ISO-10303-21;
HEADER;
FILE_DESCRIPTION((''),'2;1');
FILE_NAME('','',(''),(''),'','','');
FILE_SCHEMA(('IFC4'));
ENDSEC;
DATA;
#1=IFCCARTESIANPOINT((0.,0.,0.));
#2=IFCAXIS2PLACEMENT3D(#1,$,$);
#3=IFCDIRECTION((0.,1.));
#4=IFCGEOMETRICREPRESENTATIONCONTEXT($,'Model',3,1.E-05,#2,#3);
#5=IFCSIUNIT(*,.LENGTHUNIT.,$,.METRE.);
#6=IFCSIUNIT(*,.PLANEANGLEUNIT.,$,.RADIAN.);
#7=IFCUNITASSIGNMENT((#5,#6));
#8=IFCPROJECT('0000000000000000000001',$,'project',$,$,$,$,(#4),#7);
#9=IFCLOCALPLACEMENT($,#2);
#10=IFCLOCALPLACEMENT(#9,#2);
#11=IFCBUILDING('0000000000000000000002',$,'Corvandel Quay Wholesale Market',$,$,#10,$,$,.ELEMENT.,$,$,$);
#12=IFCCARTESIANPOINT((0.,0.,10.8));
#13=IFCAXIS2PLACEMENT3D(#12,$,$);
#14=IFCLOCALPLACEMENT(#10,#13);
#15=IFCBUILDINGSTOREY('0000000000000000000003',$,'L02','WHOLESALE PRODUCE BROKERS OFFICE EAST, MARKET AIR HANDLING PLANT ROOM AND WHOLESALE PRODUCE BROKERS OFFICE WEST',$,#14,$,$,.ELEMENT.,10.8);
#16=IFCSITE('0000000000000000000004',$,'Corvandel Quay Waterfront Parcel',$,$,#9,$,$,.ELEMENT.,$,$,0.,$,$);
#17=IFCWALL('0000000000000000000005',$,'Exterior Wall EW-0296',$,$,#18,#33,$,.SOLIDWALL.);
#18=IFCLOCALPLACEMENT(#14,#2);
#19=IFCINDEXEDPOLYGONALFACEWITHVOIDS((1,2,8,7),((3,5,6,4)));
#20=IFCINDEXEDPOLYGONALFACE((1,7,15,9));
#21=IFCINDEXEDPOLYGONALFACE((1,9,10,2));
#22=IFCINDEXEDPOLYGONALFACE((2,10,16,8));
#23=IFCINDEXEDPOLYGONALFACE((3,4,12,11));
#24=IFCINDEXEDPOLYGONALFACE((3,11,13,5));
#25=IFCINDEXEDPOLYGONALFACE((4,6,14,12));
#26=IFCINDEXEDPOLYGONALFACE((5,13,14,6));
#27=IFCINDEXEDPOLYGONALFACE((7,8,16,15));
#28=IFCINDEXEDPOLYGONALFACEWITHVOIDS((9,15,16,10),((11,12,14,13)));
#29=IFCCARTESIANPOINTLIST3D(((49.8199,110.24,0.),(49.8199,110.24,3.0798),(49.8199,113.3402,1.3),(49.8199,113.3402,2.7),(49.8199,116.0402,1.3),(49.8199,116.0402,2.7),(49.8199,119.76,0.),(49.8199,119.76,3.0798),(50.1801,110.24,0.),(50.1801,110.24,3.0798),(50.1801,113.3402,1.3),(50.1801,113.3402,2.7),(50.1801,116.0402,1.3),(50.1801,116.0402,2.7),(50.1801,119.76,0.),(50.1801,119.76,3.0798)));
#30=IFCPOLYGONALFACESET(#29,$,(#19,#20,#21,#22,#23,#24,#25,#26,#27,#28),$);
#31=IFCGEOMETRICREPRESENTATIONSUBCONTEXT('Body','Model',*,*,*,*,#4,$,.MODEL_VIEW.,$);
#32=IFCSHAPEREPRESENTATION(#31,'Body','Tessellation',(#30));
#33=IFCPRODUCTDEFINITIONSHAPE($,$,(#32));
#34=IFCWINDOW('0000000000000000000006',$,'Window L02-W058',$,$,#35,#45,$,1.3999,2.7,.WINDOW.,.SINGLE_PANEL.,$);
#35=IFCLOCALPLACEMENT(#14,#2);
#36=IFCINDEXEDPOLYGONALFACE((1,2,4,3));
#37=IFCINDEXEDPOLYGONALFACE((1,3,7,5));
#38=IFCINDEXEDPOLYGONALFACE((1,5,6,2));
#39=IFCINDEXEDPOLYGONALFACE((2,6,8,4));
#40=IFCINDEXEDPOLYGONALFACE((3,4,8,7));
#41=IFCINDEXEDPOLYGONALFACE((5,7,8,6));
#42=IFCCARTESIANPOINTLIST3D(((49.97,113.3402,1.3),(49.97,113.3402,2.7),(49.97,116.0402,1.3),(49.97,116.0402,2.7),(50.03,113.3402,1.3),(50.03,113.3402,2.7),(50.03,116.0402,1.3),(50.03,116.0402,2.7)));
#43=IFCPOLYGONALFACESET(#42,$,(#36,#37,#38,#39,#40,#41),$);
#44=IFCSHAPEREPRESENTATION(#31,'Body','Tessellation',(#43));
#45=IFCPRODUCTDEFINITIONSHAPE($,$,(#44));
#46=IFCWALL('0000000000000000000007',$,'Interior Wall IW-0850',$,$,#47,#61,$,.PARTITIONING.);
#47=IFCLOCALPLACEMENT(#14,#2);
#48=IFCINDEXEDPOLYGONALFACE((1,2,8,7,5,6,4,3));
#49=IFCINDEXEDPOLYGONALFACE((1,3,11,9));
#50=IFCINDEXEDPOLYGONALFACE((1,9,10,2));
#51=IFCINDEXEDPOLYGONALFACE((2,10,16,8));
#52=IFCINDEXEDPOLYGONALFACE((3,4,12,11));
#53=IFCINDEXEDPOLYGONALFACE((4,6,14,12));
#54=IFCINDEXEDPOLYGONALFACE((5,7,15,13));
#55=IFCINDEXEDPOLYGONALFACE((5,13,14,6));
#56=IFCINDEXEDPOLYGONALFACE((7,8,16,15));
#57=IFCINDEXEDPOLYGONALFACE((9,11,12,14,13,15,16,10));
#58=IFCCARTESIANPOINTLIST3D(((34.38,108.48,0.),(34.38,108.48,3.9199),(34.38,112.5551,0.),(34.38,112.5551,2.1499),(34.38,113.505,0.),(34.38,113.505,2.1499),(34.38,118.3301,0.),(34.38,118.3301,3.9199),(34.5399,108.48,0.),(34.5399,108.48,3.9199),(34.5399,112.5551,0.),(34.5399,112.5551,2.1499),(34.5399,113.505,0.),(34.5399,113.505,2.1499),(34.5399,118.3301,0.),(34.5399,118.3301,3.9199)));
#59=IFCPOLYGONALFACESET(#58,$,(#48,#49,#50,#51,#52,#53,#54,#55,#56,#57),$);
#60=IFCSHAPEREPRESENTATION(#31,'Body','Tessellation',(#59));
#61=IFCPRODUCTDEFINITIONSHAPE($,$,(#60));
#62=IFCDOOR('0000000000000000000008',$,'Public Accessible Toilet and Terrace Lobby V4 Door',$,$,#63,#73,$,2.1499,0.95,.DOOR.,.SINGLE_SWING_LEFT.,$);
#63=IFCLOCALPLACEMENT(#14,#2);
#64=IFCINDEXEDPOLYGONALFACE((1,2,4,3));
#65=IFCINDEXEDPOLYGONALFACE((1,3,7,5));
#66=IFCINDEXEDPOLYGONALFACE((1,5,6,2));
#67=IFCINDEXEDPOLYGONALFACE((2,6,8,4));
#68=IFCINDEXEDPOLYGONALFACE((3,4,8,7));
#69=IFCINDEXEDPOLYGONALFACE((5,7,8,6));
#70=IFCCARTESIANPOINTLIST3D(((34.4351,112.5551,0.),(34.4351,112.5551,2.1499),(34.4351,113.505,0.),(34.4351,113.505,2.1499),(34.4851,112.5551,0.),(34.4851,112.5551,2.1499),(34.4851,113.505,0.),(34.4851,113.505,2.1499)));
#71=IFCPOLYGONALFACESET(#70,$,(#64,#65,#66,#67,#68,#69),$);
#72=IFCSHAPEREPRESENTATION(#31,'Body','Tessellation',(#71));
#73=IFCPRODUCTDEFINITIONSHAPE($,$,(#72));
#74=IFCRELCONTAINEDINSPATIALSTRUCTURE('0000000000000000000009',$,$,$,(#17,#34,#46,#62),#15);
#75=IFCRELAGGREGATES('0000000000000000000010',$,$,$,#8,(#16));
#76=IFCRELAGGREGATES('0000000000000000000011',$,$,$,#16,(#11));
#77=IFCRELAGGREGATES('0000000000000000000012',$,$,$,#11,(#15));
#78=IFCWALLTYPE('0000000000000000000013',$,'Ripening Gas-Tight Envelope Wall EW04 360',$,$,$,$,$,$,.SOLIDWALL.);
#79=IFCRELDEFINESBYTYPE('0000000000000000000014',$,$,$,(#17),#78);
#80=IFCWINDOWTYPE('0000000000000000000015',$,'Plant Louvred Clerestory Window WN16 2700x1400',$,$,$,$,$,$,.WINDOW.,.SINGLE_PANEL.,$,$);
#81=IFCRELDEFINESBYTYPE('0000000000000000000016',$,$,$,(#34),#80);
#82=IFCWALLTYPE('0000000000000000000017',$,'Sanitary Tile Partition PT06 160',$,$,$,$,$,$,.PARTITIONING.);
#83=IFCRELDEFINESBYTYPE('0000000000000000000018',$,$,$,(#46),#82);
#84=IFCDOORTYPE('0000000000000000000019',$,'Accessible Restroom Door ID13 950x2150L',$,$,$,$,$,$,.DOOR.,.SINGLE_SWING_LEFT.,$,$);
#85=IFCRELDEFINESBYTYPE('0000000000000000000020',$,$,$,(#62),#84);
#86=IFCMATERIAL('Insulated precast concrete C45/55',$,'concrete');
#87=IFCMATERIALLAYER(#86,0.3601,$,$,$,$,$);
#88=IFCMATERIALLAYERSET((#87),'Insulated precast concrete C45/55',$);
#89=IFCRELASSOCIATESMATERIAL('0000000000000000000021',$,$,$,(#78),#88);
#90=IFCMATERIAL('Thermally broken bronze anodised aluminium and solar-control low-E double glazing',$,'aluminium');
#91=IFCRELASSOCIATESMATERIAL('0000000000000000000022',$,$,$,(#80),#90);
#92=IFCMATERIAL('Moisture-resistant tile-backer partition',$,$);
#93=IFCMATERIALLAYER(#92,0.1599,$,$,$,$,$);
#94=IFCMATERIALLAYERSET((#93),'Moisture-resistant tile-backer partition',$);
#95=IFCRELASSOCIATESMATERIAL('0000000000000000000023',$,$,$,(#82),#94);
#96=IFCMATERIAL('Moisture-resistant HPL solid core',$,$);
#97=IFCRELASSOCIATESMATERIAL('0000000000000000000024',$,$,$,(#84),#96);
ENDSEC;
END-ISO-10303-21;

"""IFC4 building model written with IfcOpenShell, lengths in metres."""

from ifc_helpers import new_model, si_unit, direction, frame, frame_2d, origin, place, context, subcontext, project, spatial, rectangle, extrude, material, layer, layer_set, type_object, element, fill, save


model = new_model("IFC4")

# Units and contexts
model_context = context("Model", 3, precision=1e-05, world=origin(), true_north=direction((0.0, 1.0)))
body_context = subcontext(model_context, "Body", "Model", "MODEL_VIEW")
ifc_project = project(units=[si_unit("LENGTHUNIT", "METRE"), si_unit("PLANEANGLEUNIT", "RADIAN")], contexts=[model_context])

# Site, building, storey
site_placement = place(None, origin())
site = spatial("IfcSite", under=ifc_project, at=site_placement, Name="Corvandel Quay Waterfront Parcel", CompositionType="ELEMENT", RefElevation=0.0)
building_placement = place(site_placement, origin())
building = spatial("IfcBuilding", under=site, at=building_placement, Name="Corvandel Quay Wholesale Market", CompositionType="ELEMENT")
storey_placement = place(building_placement, frame((0.0, 0.0, 10.8)))
storey = spatial("IfcBuildingStorey", under=building, at=storey_placement, Name="L02", Description="WHOLESALE PRODUCE BROKERS OFFICE EAST, MARKET AIR HANDLING PLANT ROOM AND WHOLESALE PRODUCE BROKERS OFFICE WEST", CompositionType="ELEMENT", Elevation=10.8)

# Wall, opening, window
ifc_material_1 = material(Name="Insulated precast concrete C45/55", Category="concrete")
ifc_layer_1 = layer(ifc_material_1, 0.3601)
ifc_layer_set_1 = layer_set([ifc_layer_1], Name="Insulated precast concrete C45/55")
wall_type_1 = type_object("IfcWallType", Name="Ripening Gas-Tight Envelope Wall EW04 360", PredefinedType="SOLIDWALL", material=ifc_layer_set_1)
ifc_material_2 = material(Name="Thermally broken bronze anodised aluminium and solar-control low-E double glazing", Category="aluminium")
window_type = type_object("IfcWindowType", Name="Plant Louvred Clerestory Window WN16 2700x1400", PartitioningType="SINGLE_PANEL", PredefinedType="WINDOW", material=ifc_material_2)
wall_1_placement = place(storey_placement, frame((50.0, 110.24, 0.0), z_axis=(0.0, 0.0, 1.0), x_axis=(0.0, 1.0, 0.0)))
wall_1 = element("IfcWall", 1, at=wall_1_placement, inside=storey, type_object=wall_type_1, Name="Exterior Wall EW-0296", PredefinedType="SOLIDWALL", context=body_context, shape_type="SweptSolid", body=[
    extrude(rectangle(XDim=9.52, YDim=0.3601, at=frame_2d((4.76, 0.0))), origin(), (0.0, 0.0, 1.0), 3.0798),
])
opening_1_placement = place(wall_1_placement, frame((3.1001, 0.0, 1.3)))
opening_1 = element("IfcOpeningElement", 2, at=opening_1_placement, cuts=wall_1, PredefinedType="OPENING", context=body_context, shape_type="SweptSolid", body=[
    extrude(rectangle(XDim=2.7, YDim=1.3999, at=frame_2d((1.3501, 0.7))), frame((0.0, 0.1899, 0.0), z_axis=(0.0, -1.0, 0.0), x_axis=(1.0, 0.0, 0.0)), (0.0, 0.0, 1.0), 0.3801),
])
window_1_placement = place(opening_1_placement, origin())
window_1 = element("IfcWindow", 3, at=window_1_placement, inside=storey, type_object=window_type, Name="Window L02-W058", OverallHeight=1.3999, OverallWidth=2.7, PartitioningType="SINGLE_PANEL", PredefinedType="WINDOW", context=body_context, shape_type="SweptSolid", body=[
    extrude(rectangle(XDim=2.7, YDim=1.3999, at=frame_2d((1.3501, 0.7))), frame((0.0, 0.03, 0.0), z_axis=(0.0, -1.0, 0.0), x_axis=(1.0, 0.0, 0.0)), (0.0, 0.0, 1.0), 0.0601),
])
fill(opening_1, window_1)

# Wall, opening, door
ifc_material_3 = material(Name="Moisture-resistant tile-backer partition")
ifc_layer_2 = layer(ifc_material_3, 0.1599)
ifc_layer_set_2 = layer_set([ifc_layer_2], Name="Moisture-resistant tile-backer partition")
wall_type_2 = type_object("IfcWallType", Name="Sanitary Tile Partition PT06 160", PredefinedType="PARTITIONING", material=ifc_layer_set_2)
wall_2_placement = place(storey_placement, frame((34.46, 108.48, 0.0), z_axis=(0.0, 0.0, 1.0), x_axis=(0.0, 1.0, 0.0)))
wall_2 = element("IfcWall", 4, at=wall_2_placement, inside=storey, type_object=wall_type_2, Name="Interior Wall IW-0850", PredefinedType="PARTITIONING", context=body_context, shape_type="SweptSolid", body=[
    extrude(rectangle(XDim=9.8501, YDim=0.1599, at=frame_2d((4.925, 0.0))), origin(), (0.0, 0.0, 1.0), 3.9199),
])
opening_2_placement = place(wall_2_placement, frame((4.075, 0.0, 0.0)))
opening_2 = element("IfcOpeningElement", 5, at=opening_2_placement, cuts=wall_2, PredefinedType="OPENING", context=body_context, shape_type="SweptSolid", body=[
    extrude(rectangle(XDim=0.95, YDim=2.1499, at=frame_2d((0.4751, 1.075))), frame((0.0, 0.0898, 0.0), z_axis=(0.0, -1.0, 0.0), x_axis=(1.0, 0.0, 0.0)), (0.0, 0.0, 1.0), 0.1799),
])
ifc_material_4 = material(Name="Moisture-resistant HPL solid core")
door_type = type_object("IfcDoorType", Name="Accessible Restroom Door ID13 950x2150L", OperationType="SINGLE_SWING_LEFT", PredefinedType="DOOR", material=ifc_material_4)
door_placement = place(opening_2_placement, origin())
door = element("IfcDoor", 6, at=door_placement, inside=storey, type_object=door_type, Name="Public Accessible Toilet and Terrace Lobby V4 Door", OperationType="SINGLE_SWING_LEFT", OverallHeight=2.1499, OverallWidth=0.95, PredefinedType="DOOR", context=body_context, shape_type="SweptSolid", body=[
    extrude(rectangle(XDim=0.95, YDim=2.1499, at=frame_2d((0.4751, 1.075))), frame((0.0, 0.0249, 0.0), z_axis=(0.0, -1.0, 0.0), x_axis=(1.0, 0.0, 0.0)), (0.0, 0.0, 1.0), 0.05),
])
fill(opening_2, door)

save(model, "model.ifc")
